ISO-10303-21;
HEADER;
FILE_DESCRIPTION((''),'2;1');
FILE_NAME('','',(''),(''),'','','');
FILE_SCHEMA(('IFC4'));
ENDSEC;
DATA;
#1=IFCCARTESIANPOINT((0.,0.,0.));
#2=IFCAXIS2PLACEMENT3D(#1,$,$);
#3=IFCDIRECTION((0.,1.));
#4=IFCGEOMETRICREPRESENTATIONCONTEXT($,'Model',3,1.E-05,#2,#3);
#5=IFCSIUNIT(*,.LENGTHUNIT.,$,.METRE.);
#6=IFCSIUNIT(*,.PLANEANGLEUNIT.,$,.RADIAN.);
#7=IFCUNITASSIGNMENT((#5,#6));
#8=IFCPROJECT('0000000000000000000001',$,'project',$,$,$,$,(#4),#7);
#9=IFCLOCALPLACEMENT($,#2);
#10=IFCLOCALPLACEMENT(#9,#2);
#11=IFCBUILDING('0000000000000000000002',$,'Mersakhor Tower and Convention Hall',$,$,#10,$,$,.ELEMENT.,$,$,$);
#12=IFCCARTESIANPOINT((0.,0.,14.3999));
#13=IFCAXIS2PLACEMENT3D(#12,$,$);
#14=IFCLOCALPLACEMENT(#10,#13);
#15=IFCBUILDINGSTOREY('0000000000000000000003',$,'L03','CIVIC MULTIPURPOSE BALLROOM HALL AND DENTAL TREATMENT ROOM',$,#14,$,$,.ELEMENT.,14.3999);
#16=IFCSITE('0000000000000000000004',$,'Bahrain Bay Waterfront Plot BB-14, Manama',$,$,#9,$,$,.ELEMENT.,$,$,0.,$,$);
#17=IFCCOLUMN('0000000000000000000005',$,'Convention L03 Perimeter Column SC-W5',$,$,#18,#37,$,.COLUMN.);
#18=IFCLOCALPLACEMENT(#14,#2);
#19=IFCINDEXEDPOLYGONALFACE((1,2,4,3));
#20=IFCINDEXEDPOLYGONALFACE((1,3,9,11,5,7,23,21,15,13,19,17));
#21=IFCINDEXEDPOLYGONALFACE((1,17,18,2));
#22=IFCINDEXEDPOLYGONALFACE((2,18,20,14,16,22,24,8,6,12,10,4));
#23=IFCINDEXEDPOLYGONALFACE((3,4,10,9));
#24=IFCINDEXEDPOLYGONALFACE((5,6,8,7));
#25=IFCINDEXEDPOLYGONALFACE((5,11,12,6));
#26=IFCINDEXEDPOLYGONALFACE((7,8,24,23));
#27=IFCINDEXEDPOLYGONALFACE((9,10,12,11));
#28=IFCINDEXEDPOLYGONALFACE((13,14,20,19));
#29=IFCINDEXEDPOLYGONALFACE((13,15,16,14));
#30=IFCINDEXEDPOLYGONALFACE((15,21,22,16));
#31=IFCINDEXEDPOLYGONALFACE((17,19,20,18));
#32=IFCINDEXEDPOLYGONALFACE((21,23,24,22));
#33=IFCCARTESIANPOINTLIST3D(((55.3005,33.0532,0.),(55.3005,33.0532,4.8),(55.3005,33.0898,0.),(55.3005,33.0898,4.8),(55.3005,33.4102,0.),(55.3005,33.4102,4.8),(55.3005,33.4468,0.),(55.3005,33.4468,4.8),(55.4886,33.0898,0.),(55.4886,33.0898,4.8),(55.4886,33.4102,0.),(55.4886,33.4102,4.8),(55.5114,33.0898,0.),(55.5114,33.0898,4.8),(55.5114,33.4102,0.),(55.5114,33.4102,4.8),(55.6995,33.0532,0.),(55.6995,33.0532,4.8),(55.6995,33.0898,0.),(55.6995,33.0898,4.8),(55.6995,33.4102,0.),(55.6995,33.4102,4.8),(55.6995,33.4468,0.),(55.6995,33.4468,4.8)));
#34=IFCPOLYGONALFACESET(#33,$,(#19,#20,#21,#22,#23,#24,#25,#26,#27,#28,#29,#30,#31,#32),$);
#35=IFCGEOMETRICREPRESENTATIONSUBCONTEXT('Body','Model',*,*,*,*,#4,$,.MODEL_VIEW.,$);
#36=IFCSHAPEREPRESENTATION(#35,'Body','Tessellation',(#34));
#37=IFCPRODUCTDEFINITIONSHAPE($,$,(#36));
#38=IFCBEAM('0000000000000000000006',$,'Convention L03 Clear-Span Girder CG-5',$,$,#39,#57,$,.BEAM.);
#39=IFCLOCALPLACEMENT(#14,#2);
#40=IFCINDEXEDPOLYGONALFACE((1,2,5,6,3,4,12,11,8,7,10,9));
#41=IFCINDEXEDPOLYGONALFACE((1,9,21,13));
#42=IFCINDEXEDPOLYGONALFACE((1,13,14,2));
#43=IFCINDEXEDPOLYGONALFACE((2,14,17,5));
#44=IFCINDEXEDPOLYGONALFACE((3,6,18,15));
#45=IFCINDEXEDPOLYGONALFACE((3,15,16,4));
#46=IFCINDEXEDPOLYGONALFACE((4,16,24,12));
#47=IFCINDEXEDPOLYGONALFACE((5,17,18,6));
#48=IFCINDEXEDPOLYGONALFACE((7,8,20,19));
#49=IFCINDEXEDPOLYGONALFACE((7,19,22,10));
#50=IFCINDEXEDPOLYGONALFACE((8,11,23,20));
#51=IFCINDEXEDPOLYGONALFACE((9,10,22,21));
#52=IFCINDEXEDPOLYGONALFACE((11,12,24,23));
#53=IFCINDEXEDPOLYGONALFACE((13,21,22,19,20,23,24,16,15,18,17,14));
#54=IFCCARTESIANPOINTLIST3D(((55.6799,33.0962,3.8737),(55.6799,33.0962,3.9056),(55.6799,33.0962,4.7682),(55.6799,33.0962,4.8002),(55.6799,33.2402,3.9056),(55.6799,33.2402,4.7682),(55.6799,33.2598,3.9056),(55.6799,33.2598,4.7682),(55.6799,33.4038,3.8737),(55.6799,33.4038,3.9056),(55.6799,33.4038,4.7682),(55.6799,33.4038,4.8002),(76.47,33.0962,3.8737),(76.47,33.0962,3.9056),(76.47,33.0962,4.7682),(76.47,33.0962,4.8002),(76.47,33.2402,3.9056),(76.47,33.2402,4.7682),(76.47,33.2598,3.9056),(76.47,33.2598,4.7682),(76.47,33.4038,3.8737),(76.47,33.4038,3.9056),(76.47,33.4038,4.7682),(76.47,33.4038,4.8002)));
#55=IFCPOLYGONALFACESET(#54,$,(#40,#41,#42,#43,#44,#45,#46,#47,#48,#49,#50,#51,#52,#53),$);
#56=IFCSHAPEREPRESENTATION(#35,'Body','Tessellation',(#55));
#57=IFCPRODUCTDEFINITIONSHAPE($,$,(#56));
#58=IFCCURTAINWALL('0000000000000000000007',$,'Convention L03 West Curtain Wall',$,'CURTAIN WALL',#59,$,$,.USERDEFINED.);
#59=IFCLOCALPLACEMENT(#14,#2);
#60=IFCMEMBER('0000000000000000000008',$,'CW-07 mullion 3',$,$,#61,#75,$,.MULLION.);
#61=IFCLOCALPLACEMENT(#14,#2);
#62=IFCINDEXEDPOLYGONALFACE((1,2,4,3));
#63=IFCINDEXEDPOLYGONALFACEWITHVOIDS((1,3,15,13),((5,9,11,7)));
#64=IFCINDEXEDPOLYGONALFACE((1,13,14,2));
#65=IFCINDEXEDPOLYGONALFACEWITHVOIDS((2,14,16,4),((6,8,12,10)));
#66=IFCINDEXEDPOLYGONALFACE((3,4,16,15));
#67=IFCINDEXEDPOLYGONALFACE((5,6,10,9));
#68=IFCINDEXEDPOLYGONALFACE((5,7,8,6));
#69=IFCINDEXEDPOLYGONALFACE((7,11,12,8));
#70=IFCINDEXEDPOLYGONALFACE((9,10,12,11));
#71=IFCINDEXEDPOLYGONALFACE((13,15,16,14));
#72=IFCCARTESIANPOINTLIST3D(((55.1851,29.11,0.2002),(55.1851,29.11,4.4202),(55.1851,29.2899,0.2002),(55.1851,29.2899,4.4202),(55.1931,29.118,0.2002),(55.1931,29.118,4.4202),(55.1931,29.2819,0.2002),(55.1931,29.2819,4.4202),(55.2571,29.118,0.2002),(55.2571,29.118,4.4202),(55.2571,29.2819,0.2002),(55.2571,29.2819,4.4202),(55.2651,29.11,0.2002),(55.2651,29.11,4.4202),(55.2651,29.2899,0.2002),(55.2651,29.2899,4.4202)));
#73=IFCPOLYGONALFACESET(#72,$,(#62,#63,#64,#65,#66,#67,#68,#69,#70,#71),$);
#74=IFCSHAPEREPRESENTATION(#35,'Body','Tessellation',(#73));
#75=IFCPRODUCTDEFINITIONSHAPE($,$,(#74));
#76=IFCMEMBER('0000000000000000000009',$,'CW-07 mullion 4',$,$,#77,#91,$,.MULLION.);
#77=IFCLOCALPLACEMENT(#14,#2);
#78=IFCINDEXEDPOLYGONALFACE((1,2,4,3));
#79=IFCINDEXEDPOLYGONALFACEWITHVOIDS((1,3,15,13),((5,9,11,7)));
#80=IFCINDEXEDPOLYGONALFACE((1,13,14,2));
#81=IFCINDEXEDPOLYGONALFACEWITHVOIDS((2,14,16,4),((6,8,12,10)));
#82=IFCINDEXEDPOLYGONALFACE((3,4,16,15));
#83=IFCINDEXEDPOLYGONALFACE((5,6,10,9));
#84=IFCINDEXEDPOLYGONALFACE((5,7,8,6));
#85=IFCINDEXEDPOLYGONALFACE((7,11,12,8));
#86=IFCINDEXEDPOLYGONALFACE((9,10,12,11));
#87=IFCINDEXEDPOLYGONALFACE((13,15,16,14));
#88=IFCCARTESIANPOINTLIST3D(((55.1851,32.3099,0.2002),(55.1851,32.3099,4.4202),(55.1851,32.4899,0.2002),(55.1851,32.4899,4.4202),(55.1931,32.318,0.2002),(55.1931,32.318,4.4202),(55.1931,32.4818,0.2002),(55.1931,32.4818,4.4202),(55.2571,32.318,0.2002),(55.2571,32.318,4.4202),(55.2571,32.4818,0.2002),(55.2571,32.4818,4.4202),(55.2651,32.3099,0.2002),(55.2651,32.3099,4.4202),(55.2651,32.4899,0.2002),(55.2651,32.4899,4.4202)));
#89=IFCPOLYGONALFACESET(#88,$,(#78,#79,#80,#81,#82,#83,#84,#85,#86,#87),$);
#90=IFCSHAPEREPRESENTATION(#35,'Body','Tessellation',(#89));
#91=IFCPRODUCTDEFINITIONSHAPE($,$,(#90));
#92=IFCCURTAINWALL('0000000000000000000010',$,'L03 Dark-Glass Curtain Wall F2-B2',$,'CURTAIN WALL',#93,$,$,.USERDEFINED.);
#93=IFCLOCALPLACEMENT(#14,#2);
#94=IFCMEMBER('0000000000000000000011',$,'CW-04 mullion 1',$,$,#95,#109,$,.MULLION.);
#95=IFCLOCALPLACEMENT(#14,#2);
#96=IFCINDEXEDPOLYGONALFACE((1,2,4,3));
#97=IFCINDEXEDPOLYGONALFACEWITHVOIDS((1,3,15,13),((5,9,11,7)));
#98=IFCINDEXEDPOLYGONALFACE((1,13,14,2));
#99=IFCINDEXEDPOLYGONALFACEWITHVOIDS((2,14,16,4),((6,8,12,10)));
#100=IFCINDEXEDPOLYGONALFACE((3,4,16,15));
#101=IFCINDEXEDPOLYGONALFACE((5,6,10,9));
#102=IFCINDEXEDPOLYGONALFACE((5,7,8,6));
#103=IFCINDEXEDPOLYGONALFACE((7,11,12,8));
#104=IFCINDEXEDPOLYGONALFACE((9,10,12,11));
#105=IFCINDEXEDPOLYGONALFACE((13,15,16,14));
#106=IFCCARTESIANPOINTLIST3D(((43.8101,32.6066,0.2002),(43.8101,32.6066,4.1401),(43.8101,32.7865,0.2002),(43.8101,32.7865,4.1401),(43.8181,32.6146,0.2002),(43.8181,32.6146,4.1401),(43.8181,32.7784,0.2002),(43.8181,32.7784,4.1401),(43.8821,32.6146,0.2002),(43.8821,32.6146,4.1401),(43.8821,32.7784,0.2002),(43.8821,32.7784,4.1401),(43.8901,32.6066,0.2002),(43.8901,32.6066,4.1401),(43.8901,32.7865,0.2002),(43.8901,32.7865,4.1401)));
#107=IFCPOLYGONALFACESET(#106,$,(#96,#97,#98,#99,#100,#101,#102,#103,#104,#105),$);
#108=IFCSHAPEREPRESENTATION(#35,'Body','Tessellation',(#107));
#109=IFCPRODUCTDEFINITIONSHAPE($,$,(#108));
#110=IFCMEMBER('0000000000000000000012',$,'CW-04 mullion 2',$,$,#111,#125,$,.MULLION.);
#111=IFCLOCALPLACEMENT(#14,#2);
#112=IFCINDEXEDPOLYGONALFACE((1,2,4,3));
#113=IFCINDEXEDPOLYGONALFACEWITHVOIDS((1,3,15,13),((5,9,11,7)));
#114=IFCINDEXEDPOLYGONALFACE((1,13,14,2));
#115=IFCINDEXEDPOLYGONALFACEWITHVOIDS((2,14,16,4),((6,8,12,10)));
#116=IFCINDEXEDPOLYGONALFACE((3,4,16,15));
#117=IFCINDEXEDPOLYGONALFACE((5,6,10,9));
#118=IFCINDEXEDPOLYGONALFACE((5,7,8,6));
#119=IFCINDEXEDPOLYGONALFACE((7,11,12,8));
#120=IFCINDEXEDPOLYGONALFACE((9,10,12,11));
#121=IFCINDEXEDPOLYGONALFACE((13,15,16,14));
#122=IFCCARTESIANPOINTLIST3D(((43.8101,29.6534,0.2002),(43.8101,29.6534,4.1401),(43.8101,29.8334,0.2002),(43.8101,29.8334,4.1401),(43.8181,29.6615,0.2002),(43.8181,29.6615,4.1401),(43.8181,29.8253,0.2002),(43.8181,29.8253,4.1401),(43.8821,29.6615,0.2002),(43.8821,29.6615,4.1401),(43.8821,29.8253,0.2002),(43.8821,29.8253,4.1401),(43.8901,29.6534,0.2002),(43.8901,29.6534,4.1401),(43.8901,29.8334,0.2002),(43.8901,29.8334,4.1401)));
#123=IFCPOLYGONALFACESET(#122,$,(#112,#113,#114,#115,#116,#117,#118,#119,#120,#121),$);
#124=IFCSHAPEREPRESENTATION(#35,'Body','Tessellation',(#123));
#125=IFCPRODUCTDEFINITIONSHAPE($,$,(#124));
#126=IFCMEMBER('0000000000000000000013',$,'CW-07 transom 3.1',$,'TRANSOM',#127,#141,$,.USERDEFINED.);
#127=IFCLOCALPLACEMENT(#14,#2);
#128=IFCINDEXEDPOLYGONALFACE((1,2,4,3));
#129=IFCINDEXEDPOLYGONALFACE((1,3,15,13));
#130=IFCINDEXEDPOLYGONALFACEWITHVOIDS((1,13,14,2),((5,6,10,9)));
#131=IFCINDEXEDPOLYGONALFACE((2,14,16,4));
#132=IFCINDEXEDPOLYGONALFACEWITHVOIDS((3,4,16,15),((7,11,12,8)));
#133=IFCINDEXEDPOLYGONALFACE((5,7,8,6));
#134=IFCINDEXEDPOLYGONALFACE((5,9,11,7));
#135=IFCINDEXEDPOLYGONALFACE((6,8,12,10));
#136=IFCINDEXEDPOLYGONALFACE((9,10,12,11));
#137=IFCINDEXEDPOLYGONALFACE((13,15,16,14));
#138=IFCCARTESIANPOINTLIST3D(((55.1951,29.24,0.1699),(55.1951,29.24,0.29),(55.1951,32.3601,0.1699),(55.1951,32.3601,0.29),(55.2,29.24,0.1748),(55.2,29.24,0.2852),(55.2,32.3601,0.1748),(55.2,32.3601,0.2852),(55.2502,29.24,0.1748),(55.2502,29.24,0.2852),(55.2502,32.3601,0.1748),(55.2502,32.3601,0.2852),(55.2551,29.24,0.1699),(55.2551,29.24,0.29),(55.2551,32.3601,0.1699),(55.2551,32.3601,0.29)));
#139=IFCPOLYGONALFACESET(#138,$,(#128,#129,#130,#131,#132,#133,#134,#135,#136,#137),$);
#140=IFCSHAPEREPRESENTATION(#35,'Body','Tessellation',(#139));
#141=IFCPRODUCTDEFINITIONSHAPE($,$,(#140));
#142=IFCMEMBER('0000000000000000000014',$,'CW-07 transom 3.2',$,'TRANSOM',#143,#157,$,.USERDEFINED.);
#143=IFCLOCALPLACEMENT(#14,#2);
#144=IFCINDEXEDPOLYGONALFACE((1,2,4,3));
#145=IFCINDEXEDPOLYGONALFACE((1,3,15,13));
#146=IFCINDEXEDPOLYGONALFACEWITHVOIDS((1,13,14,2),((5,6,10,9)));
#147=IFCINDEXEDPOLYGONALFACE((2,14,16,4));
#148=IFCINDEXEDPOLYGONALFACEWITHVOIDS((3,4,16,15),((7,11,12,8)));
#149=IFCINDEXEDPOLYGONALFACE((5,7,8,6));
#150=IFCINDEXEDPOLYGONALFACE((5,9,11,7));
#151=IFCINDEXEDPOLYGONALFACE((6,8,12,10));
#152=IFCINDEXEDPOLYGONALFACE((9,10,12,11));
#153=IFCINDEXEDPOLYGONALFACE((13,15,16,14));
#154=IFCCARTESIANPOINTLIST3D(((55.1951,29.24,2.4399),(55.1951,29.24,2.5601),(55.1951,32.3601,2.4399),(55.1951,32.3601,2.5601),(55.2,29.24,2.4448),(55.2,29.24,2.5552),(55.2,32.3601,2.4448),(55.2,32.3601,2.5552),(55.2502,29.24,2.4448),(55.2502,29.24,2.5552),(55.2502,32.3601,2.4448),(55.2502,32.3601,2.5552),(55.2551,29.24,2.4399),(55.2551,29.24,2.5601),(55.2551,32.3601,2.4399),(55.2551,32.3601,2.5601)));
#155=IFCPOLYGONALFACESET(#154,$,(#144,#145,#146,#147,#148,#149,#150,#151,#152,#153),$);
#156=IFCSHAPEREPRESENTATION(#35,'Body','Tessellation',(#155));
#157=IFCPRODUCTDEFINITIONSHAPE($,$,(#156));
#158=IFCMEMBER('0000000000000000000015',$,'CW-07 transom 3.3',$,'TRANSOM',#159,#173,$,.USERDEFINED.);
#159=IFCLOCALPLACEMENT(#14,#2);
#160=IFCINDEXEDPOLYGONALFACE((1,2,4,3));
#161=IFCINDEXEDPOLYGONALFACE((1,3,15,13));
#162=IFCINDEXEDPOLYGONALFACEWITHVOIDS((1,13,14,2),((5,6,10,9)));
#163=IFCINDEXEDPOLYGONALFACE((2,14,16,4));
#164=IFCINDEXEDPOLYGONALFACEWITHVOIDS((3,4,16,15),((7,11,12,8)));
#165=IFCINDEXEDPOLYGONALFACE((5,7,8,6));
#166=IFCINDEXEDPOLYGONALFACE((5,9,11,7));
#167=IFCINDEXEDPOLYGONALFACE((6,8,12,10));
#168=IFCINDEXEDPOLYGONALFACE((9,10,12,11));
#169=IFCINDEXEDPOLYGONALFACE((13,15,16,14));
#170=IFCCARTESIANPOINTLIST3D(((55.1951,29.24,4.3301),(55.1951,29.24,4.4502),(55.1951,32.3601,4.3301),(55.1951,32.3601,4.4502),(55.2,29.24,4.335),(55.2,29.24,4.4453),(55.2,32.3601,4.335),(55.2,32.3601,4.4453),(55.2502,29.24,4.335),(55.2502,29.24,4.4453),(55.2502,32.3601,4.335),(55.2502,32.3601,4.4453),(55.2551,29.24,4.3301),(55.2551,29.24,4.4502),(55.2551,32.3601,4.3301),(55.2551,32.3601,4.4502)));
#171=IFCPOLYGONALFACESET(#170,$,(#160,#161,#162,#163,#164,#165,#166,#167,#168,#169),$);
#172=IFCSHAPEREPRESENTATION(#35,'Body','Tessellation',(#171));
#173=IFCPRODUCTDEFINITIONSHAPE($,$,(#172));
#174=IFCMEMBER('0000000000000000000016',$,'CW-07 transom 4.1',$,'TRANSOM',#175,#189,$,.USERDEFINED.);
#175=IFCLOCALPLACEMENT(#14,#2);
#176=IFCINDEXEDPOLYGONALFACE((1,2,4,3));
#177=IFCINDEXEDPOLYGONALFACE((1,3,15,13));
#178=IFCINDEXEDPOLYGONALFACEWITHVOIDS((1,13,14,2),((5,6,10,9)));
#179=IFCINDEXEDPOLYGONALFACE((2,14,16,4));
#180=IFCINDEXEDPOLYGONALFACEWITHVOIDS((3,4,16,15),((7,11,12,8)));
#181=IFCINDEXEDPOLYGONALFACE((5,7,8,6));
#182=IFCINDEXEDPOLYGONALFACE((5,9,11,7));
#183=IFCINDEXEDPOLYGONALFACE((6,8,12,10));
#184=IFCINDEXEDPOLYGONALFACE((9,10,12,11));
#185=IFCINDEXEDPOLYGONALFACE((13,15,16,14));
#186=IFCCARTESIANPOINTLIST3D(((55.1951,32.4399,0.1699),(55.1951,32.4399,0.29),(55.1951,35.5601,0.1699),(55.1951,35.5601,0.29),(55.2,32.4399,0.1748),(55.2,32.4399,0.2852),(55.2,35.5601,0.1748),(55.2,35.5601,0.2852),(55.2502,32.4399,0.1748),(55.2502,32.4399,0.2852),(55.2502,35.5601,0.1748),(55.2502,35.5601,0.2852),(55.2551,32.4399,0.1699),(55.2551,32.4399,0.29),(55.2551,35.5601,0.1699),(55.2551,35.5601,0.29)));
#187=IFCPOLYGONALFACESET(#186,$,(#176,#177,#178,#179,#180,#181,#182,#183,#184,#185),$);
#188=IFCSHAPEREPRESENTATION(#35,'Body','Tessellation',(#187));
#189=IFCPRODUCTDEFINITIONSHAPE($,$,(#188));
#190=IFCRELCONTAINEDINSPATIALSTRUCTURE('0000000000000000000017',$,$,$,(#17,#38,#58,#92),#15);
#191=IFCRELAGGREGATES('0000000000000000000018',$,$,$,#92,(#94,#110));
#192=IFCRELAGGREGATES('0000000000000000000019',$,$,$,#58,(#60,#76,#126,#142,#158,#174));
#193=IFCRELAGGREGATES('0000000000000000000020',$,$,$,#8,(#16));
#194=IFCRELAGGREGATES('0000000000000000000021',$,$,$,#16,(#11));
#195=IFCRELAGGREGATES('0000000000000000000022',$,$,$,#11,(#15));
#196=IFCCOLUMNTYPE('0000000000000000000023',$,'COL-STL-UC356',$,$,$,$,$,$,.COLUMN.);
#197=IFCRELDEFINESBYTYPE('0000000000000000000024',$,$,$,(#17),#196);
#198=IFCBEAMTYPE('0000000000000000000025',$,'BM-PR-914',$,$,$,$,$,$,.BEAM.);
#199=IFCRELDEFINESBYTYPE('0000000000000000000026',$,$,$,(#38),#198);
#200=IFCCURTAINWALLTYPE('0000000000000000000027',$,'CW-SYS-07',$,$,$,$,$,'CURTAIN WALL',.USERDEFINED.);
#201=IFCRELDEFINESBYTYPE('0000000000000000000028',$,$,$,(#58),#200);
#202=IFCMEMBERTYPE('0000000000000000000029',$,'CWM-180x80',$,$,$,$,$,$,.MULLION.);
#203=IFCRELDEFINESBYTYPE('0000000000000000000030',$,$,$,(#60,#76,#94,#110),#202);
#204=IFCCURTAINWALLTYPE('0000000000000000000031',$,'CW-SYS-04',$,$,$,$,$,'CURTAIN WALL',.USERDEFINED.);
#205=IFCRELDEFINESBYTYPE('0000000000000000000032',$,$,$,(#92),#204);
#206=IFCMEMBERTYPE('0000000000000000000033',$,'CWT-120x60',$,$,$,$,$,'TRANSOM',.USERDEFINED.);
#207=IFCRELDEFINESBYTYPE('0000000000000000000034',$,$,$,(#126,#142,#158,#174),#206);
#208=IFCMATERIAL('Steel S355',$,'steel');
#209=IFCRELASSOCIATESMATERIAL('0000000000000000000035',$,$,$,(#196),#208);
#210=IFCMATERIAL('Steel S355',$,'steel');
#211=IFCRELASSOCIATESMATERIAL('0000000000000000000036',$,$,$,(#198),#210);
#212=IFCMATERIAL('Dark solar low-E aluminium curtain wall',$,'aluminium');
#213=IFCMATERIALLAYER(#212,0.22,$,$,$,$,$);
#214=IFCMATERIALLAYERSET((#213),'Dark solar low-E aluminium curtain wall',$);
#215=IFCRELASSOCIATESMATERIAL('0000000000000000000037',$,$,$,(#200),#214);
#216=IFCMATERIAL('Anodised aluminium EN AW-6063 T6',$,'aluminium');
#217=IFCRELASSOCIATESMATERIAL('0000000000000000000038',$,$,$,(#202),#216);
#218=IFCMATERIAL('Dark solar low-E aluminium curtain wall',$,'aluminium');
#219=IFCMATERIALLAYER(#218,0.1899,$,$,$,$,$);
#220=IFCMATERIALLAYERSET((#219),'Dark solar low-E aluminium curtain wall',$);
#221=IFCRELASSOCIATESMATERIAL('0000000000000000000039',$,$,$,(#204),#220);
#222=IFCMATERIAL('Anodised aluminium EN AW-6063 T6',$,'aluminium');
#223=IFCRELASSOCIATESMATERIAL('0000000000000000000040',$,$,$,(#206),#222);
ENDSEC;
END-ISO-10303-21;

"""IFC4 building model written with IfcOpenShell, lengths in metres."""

from ifc_helpers import new_model, si_unit, direction, frame, origin, origin_2d, place, context, subcontext, project, spatial, hollow_rectangle, i_section, extrude, material, layer, layer_set, material_profile, profile_set, type_object, element, aggregate, save


model = new_model("IFC4")

# Units and contexts
model_context = context("Model", 3, precision=1e-05, world=origin(), true_north=direction((0.0, 1.0)))
body_context = subcontext(model_context, "Body", "Model", "MODEL_VIEW")
ifc_project = project(units=[si_unit("LENGTHUNIT", "METRE"), si_unit("PLANEANGLEUNIT", "RADIAN")], contexts=[model_context])

# Site, building, storey
site_placement = place(None, origin())
site = spatial("IfcSite", under=ifc_project, at=site_placement, Name="Bahrain Bay Waterfront Plot BB-14, Manama", CompositionType="ELEMENT", RefElevation=0.0)
building_placement = place(site_placement, origin())
building = spatial("IfcBuilding", under=site, at=building_placement, Name="Mersakhor Tower and Convention Hall", CompositionType="ELEMENT")
storey_placement = place(building_placement, frame((0.0, 0.0, 14.3999)))
storey = spatial("IfcBuildingStorey", under=building, at=storey_placement, Name="L03", Description="CIVIC MULTIPURPOSE BALLROOM HALL AND DENTAL TREATMENT ROOM", CompositionType="ELEMENT", Elevation=14.3999)

# Column
ifc_material_1 = material(Name="Steel S355", Category="steel")
ifc_material_profile_1 = material_profile(ifc_material_1, i_section(OverallWidth=0.3989, OverallDepth=0.3936, WebThickness=0.0227, FlangeThickness=0.0366, at=origin_2d()), Name="UC 356x406x287")
ifc_profile_set_1 = profile_set([ifc_material_profile_1], Name="Steel S355")
column_type = type_object("IfcColumnType", Name="COL-STL-UC356", PredefinedType="COLUMN", material=ifc_profile_set_1)
column_placement = place(storey_placement, frame((55.5, 33.25, 0.0), z_axis=(0.0, 0.0, 1.0), x_axis=(1.0, 0.0, 0.0)))
element("IfcColumn", 1, at=column_placement, inside=storey, type_object=column_type, Name="Convention L03 Perimeter Column SC-W5", PredefinedType="COLUMN", context=body_context, shape_type="SweptSolid", body=[
    extrude(i_section(OverallWidth=0.3989, OverallDepth=0.3936, WebThickness=0.0227, FlangeThickness=0.0366, at=origin_2d()), origin(), (0.0, 0.0, 1.0), 4.8),
])

# Beam
ifc_material_2 = material(Name="Steel S355", Category="steel")
ifc_material_profile_2 = material_profile(ifc_material_2, i_section(OverallWidth=0.3076, OverallDepth=0.9265, WebThickness=0.0195, FlangeThickness=0.032, at=origin_2d()), Name="UB 914x305x289")
ifc_profile_set_2 = profile_set([ifc_material_profile_2], Name="Steel S355")
beam_type = type_object("IfcBeamType", Name="BM-PR-914", PredefinedType="BEAM", material=ifc_profile_set_2)
beam_placement = place(storey_placement, frame((55.6799, 33.25, 4.3369), z_axis=(1.0, 0.0, 0.0), x_axis=(0.0, 1.0, 0.0)))
element("IfcBeam", 2, at=beam_placement, inside=storey, type_object=beam_type, Name="Convention L03 Clear-Span Girder CG-5", PredefinedType="BEAM", context=body_context, shape_type="SweptSolid", body=[
    extrude(i_section(OverallWidth=0.3076, OverallDepth=0.9265, WebThickness=0.0195, FlangeThickness=0.032, at=origin_2d()), origin(), (0.0, 0.0, 1.0), 20.79),
])

# Curtain walls, members
ifc_material_3 = material(Name="Dark solar low-E aluminium curtain wall", Category="aluminium")
ifc_layer_1 = layer(ifc_material_3, 0.22)
ifc_layer_set_1 = layer_set([ifc_layer_1], Name="Dark solar low-E aluminium curtain wall")
curtain_wall_type_1 = type_object("IfcCurtainWallType", Name="CW-SYS-07", ElementType="CURTAIN WALL", PredefinedType="USERDEFINED", material=ifc_layer_set_1)
curtain_wall_1_placement = place(storey_placement, origin())
curtain_wall_1 = element("IfcCurtainWall", 3, at=curtain_wall_1_placement, inside=storey, type_object=curtain_wall_type_1, Name="Convention L03 West Curtain Wall", ObjectType="CURTAIN WALL", PredefinedType="USERDEFINED")
ifc_material_4 = material(Name="Anodised aluminium EN AW-6063 T6", Category="aluminium")
ifc_material_profile_3 = material_profile(ifc_material_4, hollow_rectangle(XDim=0.0801, YDim=0.1799, WallThickness=0.0081, at=origin_2d()), Name="RHS 180x80x8")
ifc_profile_set_3 = profile_set([ifc_material_profile_3], Name="Anodised aluminium EN AW-6063 T6")
member_type_1 = type_object("IfcMemberType", Name="CWM-180x80", PredefinedType="MULLION", material=ifc_profile_set_3)
member_1_placement = place(storey_placement, frame((55.2251, 29.2, 0.2002), z_axis=(0.0, 0.0, 1.0), x_axis=(-1.0, 0.0, 0.0)))
member_1 = element("IfcMember", 4, at=member_1_placement, type_object=member_type_1, Name="CW-07 mullion 3", PredefinedType="MULLION", context=body_context, shape_type="SweptSolid", body=[
    extrude(hollow_rectangle(XDim=0.0801, YDim=0.1799, WallThickness=0.0081, at=origin_2d()), origin(), (0.0, 0.0, 1.0), 4.22),
])
member_2_placement = place(storey_placement, frame((55.2251, 32.3999, 0.2002), z_axis=(0.0, 0.0, 1.0), x_axis=(-1.0, 0.0, 0.0)))
member_2 = element("IfcMember", 5, at=member_2_placement, type_object=member_type_1, Name="CW-07 mullion 4", PredefinedType="MULLION", context=body_context, shape_type="SweptSolid", body=[
    extrude(hollow_rectangle(XDim=0.0801, YDim=0.1799, WallThickness=0.0081, at=origin_2d()), origin(), (0.0, 0.0, 1.0), 4.22),
])
ifc_material_5 = material(Name="Dark solar low-E aluminium curtain wall", Category="aluminium")
ifc_layer_2 = layer(ifc_material_5, 0.1899)
ifc_layer_set_2 = layer_set([ifc_layer_2], Name="Dark solar low-E aluminium curtain wall")
curtain_wall_type_2 = type_object("IfcCurtainWallType", Name="CW-SYS-04", ElementType="CURTAIN WALL", PredefinedType="USERDEFINED", material=ifc_layer_set_2)
curtain_wall_2_placement = place(storey_placement, origin())
curtain_wall_2 = element("IfcCurtainWall", 6, at=curtain_wall_2_placement, inside=storey, type_object=curtain_wall_type_2, Name="L03 Dark-Glass Curtain Wall F2-B2", ObjectType="CURTAIN WALL", PredefinedType="USERDEFINED")
member_3_placement = place(storey_placement, frame((43.8501, 32.6965, 0.2002), z_axis=(0.0, 0.0, 1.0), x_axis=(1.0, 0.0, 0.0)))
member_3 = element("IfcMember", 7, at=member_3_placement, type_object=member_type_1, Name="CW-04 mullion 1", PredefinedType="MULLION", context=body_context, shape_type="SweptSolid", body=[
    extrude(hollow_rectangle(XDim=0.0801, YDim=0.1799, WallThickness=0.0081, at=origin_2d()), origin(), (0.0, 0.0, 1.0), 3.9399),
])
member_4_placement = place(storey_placement, frame((43.8501, 29.7434, 0.2002), z_axis=(0.0, 0.0, 1.0), x_axis=(1.0, 0.0, 0.0)))
member_4 = element("IfcMember", 8, at=member_4_placement, type_object=member_type_1, Name="CW-04 mullion 2", PredefinedType="MULLION", context=body_context, shape_type="SweptSolid", body=[
    extrude(hollow_rectangle(XDim=0.0801, YDim=0.1799, WallThickness=0.0081, at=origin_2d()), origin(), (0.0, 0.0, 1.0), 3.9399),
])

# Members
ifc_material_6 = material(Name="Anodised aluminium EN AW-6063 T6", Category="aluminium")
ifc_material_profile_4 = material_profile(ifc_material_6, hollow_rectangle(XDim=0.0601, YDim=0.1201, WallThickness=0.0049, at=origin_2d()), Name="RHS 120x60x5")
ifc_profile_set_4 = profile_set([ifc_material_profile_4], Name="Anodised aluminium EN AW-6063 T6")
member_type_2 = type_object("IfcMemberType", Name="CWT-120x60", ElementType="TRANSOM", PredefinedType="USERDEFINED", material=ifc_profile_set_4)
member_5_placement = place(storey_placement, frame((55.2251, 29.24, 0.23), z_axis=(0.0, 1.0, 0.0), x_axis=(-1.0, 0.0, 0.0)))
member_5 = element("IfcMember", 9, at=member_5_placement, type_object=member_type_2, Name="CW-07 transom 3.1", ObjectType="TRANSOM", PredefinedType="USERDEFINED", context=body_context, shape_type="SweptSolid", body=[
    extrude(hollow_rectangle(XDim=0.0601, YDim=0.1201, WallThickness=0.0049, at=origin_2d()), origin(), (0.0, 0.0, 1.0), 3.1201),
])
member_6_placement = place(storey_placement, frame((55.2251, 29.24, 2.5), z_axis=(0.0, 1.0, 0.0), x_axis=(-1.0, 0.0, 0.0)))
member_6 = element("IfcMember", 10, at=member_6_placement, type_object=member_type_2, Name="CW-07 transom 3.2", ObjectType="TRANSOM", PredefinedType="USERDEFINED", context=body_context, shape_type="SweptSolid", body=[
    extrude(hollow_rectangle(XDim=0.0601, YDim=0.1201, WallThickness=0.0049, at=origin_2d()), origin(), (0.0, 0.0, 1.0), 3.1201),
])
member_7_placement = place(storey_placement, frame((55.2251, 29.24, 4.3901), z_axis=(0.0, 1.0, 0.0), x_axis=(-1.0, 0.0, 0.0)))
member_7 = element("IfcMember", 11, at=member_7_placement, type_object=member_type_2, Name="CW-07 transom 3.3", ObjectType="TRANSOM", PredefinedType="USERDEFINED", context=body_context, shape_type="SweptSolid", body=[
    extrude(hollow_rectangle(XDim=0.0601, YDim=0.1201, WallThickness=0.0049, at=origin_2d()), origin(), (0.0, 0.0, 1.0), 3.1201),
])
member_8_placement = place(storey_placement, frame((55.2251, 32.4399, 0.23), z_axis=(0.0, 1.0, 0.0), x_axis=(-1.0, 0.0, 0.0)))
member_8 = element("IfcMember", 12, at=member_8_placement, type_object=member_type_2, Name="CW-07 transom 4.1", ObjectType="TRANSOM", PredefinedType="USERDEFINED", context=body_context, shape_type="SweptSolid", body=[
    extrude(hollow_rectangle(XDim=0.0601, YDim=0.1201, WallThickness=0.0049, at=origin_2d()), origin(), (0.0, 0.0, 1.0), 3.1201),
])

aggregate(curtain_wall_2, [member_3, member_4])
aggregate(curtain_wall_1, [member_1, member_2, member_5, member_6, member_7, member_8])

save(model, "model.ifc")
